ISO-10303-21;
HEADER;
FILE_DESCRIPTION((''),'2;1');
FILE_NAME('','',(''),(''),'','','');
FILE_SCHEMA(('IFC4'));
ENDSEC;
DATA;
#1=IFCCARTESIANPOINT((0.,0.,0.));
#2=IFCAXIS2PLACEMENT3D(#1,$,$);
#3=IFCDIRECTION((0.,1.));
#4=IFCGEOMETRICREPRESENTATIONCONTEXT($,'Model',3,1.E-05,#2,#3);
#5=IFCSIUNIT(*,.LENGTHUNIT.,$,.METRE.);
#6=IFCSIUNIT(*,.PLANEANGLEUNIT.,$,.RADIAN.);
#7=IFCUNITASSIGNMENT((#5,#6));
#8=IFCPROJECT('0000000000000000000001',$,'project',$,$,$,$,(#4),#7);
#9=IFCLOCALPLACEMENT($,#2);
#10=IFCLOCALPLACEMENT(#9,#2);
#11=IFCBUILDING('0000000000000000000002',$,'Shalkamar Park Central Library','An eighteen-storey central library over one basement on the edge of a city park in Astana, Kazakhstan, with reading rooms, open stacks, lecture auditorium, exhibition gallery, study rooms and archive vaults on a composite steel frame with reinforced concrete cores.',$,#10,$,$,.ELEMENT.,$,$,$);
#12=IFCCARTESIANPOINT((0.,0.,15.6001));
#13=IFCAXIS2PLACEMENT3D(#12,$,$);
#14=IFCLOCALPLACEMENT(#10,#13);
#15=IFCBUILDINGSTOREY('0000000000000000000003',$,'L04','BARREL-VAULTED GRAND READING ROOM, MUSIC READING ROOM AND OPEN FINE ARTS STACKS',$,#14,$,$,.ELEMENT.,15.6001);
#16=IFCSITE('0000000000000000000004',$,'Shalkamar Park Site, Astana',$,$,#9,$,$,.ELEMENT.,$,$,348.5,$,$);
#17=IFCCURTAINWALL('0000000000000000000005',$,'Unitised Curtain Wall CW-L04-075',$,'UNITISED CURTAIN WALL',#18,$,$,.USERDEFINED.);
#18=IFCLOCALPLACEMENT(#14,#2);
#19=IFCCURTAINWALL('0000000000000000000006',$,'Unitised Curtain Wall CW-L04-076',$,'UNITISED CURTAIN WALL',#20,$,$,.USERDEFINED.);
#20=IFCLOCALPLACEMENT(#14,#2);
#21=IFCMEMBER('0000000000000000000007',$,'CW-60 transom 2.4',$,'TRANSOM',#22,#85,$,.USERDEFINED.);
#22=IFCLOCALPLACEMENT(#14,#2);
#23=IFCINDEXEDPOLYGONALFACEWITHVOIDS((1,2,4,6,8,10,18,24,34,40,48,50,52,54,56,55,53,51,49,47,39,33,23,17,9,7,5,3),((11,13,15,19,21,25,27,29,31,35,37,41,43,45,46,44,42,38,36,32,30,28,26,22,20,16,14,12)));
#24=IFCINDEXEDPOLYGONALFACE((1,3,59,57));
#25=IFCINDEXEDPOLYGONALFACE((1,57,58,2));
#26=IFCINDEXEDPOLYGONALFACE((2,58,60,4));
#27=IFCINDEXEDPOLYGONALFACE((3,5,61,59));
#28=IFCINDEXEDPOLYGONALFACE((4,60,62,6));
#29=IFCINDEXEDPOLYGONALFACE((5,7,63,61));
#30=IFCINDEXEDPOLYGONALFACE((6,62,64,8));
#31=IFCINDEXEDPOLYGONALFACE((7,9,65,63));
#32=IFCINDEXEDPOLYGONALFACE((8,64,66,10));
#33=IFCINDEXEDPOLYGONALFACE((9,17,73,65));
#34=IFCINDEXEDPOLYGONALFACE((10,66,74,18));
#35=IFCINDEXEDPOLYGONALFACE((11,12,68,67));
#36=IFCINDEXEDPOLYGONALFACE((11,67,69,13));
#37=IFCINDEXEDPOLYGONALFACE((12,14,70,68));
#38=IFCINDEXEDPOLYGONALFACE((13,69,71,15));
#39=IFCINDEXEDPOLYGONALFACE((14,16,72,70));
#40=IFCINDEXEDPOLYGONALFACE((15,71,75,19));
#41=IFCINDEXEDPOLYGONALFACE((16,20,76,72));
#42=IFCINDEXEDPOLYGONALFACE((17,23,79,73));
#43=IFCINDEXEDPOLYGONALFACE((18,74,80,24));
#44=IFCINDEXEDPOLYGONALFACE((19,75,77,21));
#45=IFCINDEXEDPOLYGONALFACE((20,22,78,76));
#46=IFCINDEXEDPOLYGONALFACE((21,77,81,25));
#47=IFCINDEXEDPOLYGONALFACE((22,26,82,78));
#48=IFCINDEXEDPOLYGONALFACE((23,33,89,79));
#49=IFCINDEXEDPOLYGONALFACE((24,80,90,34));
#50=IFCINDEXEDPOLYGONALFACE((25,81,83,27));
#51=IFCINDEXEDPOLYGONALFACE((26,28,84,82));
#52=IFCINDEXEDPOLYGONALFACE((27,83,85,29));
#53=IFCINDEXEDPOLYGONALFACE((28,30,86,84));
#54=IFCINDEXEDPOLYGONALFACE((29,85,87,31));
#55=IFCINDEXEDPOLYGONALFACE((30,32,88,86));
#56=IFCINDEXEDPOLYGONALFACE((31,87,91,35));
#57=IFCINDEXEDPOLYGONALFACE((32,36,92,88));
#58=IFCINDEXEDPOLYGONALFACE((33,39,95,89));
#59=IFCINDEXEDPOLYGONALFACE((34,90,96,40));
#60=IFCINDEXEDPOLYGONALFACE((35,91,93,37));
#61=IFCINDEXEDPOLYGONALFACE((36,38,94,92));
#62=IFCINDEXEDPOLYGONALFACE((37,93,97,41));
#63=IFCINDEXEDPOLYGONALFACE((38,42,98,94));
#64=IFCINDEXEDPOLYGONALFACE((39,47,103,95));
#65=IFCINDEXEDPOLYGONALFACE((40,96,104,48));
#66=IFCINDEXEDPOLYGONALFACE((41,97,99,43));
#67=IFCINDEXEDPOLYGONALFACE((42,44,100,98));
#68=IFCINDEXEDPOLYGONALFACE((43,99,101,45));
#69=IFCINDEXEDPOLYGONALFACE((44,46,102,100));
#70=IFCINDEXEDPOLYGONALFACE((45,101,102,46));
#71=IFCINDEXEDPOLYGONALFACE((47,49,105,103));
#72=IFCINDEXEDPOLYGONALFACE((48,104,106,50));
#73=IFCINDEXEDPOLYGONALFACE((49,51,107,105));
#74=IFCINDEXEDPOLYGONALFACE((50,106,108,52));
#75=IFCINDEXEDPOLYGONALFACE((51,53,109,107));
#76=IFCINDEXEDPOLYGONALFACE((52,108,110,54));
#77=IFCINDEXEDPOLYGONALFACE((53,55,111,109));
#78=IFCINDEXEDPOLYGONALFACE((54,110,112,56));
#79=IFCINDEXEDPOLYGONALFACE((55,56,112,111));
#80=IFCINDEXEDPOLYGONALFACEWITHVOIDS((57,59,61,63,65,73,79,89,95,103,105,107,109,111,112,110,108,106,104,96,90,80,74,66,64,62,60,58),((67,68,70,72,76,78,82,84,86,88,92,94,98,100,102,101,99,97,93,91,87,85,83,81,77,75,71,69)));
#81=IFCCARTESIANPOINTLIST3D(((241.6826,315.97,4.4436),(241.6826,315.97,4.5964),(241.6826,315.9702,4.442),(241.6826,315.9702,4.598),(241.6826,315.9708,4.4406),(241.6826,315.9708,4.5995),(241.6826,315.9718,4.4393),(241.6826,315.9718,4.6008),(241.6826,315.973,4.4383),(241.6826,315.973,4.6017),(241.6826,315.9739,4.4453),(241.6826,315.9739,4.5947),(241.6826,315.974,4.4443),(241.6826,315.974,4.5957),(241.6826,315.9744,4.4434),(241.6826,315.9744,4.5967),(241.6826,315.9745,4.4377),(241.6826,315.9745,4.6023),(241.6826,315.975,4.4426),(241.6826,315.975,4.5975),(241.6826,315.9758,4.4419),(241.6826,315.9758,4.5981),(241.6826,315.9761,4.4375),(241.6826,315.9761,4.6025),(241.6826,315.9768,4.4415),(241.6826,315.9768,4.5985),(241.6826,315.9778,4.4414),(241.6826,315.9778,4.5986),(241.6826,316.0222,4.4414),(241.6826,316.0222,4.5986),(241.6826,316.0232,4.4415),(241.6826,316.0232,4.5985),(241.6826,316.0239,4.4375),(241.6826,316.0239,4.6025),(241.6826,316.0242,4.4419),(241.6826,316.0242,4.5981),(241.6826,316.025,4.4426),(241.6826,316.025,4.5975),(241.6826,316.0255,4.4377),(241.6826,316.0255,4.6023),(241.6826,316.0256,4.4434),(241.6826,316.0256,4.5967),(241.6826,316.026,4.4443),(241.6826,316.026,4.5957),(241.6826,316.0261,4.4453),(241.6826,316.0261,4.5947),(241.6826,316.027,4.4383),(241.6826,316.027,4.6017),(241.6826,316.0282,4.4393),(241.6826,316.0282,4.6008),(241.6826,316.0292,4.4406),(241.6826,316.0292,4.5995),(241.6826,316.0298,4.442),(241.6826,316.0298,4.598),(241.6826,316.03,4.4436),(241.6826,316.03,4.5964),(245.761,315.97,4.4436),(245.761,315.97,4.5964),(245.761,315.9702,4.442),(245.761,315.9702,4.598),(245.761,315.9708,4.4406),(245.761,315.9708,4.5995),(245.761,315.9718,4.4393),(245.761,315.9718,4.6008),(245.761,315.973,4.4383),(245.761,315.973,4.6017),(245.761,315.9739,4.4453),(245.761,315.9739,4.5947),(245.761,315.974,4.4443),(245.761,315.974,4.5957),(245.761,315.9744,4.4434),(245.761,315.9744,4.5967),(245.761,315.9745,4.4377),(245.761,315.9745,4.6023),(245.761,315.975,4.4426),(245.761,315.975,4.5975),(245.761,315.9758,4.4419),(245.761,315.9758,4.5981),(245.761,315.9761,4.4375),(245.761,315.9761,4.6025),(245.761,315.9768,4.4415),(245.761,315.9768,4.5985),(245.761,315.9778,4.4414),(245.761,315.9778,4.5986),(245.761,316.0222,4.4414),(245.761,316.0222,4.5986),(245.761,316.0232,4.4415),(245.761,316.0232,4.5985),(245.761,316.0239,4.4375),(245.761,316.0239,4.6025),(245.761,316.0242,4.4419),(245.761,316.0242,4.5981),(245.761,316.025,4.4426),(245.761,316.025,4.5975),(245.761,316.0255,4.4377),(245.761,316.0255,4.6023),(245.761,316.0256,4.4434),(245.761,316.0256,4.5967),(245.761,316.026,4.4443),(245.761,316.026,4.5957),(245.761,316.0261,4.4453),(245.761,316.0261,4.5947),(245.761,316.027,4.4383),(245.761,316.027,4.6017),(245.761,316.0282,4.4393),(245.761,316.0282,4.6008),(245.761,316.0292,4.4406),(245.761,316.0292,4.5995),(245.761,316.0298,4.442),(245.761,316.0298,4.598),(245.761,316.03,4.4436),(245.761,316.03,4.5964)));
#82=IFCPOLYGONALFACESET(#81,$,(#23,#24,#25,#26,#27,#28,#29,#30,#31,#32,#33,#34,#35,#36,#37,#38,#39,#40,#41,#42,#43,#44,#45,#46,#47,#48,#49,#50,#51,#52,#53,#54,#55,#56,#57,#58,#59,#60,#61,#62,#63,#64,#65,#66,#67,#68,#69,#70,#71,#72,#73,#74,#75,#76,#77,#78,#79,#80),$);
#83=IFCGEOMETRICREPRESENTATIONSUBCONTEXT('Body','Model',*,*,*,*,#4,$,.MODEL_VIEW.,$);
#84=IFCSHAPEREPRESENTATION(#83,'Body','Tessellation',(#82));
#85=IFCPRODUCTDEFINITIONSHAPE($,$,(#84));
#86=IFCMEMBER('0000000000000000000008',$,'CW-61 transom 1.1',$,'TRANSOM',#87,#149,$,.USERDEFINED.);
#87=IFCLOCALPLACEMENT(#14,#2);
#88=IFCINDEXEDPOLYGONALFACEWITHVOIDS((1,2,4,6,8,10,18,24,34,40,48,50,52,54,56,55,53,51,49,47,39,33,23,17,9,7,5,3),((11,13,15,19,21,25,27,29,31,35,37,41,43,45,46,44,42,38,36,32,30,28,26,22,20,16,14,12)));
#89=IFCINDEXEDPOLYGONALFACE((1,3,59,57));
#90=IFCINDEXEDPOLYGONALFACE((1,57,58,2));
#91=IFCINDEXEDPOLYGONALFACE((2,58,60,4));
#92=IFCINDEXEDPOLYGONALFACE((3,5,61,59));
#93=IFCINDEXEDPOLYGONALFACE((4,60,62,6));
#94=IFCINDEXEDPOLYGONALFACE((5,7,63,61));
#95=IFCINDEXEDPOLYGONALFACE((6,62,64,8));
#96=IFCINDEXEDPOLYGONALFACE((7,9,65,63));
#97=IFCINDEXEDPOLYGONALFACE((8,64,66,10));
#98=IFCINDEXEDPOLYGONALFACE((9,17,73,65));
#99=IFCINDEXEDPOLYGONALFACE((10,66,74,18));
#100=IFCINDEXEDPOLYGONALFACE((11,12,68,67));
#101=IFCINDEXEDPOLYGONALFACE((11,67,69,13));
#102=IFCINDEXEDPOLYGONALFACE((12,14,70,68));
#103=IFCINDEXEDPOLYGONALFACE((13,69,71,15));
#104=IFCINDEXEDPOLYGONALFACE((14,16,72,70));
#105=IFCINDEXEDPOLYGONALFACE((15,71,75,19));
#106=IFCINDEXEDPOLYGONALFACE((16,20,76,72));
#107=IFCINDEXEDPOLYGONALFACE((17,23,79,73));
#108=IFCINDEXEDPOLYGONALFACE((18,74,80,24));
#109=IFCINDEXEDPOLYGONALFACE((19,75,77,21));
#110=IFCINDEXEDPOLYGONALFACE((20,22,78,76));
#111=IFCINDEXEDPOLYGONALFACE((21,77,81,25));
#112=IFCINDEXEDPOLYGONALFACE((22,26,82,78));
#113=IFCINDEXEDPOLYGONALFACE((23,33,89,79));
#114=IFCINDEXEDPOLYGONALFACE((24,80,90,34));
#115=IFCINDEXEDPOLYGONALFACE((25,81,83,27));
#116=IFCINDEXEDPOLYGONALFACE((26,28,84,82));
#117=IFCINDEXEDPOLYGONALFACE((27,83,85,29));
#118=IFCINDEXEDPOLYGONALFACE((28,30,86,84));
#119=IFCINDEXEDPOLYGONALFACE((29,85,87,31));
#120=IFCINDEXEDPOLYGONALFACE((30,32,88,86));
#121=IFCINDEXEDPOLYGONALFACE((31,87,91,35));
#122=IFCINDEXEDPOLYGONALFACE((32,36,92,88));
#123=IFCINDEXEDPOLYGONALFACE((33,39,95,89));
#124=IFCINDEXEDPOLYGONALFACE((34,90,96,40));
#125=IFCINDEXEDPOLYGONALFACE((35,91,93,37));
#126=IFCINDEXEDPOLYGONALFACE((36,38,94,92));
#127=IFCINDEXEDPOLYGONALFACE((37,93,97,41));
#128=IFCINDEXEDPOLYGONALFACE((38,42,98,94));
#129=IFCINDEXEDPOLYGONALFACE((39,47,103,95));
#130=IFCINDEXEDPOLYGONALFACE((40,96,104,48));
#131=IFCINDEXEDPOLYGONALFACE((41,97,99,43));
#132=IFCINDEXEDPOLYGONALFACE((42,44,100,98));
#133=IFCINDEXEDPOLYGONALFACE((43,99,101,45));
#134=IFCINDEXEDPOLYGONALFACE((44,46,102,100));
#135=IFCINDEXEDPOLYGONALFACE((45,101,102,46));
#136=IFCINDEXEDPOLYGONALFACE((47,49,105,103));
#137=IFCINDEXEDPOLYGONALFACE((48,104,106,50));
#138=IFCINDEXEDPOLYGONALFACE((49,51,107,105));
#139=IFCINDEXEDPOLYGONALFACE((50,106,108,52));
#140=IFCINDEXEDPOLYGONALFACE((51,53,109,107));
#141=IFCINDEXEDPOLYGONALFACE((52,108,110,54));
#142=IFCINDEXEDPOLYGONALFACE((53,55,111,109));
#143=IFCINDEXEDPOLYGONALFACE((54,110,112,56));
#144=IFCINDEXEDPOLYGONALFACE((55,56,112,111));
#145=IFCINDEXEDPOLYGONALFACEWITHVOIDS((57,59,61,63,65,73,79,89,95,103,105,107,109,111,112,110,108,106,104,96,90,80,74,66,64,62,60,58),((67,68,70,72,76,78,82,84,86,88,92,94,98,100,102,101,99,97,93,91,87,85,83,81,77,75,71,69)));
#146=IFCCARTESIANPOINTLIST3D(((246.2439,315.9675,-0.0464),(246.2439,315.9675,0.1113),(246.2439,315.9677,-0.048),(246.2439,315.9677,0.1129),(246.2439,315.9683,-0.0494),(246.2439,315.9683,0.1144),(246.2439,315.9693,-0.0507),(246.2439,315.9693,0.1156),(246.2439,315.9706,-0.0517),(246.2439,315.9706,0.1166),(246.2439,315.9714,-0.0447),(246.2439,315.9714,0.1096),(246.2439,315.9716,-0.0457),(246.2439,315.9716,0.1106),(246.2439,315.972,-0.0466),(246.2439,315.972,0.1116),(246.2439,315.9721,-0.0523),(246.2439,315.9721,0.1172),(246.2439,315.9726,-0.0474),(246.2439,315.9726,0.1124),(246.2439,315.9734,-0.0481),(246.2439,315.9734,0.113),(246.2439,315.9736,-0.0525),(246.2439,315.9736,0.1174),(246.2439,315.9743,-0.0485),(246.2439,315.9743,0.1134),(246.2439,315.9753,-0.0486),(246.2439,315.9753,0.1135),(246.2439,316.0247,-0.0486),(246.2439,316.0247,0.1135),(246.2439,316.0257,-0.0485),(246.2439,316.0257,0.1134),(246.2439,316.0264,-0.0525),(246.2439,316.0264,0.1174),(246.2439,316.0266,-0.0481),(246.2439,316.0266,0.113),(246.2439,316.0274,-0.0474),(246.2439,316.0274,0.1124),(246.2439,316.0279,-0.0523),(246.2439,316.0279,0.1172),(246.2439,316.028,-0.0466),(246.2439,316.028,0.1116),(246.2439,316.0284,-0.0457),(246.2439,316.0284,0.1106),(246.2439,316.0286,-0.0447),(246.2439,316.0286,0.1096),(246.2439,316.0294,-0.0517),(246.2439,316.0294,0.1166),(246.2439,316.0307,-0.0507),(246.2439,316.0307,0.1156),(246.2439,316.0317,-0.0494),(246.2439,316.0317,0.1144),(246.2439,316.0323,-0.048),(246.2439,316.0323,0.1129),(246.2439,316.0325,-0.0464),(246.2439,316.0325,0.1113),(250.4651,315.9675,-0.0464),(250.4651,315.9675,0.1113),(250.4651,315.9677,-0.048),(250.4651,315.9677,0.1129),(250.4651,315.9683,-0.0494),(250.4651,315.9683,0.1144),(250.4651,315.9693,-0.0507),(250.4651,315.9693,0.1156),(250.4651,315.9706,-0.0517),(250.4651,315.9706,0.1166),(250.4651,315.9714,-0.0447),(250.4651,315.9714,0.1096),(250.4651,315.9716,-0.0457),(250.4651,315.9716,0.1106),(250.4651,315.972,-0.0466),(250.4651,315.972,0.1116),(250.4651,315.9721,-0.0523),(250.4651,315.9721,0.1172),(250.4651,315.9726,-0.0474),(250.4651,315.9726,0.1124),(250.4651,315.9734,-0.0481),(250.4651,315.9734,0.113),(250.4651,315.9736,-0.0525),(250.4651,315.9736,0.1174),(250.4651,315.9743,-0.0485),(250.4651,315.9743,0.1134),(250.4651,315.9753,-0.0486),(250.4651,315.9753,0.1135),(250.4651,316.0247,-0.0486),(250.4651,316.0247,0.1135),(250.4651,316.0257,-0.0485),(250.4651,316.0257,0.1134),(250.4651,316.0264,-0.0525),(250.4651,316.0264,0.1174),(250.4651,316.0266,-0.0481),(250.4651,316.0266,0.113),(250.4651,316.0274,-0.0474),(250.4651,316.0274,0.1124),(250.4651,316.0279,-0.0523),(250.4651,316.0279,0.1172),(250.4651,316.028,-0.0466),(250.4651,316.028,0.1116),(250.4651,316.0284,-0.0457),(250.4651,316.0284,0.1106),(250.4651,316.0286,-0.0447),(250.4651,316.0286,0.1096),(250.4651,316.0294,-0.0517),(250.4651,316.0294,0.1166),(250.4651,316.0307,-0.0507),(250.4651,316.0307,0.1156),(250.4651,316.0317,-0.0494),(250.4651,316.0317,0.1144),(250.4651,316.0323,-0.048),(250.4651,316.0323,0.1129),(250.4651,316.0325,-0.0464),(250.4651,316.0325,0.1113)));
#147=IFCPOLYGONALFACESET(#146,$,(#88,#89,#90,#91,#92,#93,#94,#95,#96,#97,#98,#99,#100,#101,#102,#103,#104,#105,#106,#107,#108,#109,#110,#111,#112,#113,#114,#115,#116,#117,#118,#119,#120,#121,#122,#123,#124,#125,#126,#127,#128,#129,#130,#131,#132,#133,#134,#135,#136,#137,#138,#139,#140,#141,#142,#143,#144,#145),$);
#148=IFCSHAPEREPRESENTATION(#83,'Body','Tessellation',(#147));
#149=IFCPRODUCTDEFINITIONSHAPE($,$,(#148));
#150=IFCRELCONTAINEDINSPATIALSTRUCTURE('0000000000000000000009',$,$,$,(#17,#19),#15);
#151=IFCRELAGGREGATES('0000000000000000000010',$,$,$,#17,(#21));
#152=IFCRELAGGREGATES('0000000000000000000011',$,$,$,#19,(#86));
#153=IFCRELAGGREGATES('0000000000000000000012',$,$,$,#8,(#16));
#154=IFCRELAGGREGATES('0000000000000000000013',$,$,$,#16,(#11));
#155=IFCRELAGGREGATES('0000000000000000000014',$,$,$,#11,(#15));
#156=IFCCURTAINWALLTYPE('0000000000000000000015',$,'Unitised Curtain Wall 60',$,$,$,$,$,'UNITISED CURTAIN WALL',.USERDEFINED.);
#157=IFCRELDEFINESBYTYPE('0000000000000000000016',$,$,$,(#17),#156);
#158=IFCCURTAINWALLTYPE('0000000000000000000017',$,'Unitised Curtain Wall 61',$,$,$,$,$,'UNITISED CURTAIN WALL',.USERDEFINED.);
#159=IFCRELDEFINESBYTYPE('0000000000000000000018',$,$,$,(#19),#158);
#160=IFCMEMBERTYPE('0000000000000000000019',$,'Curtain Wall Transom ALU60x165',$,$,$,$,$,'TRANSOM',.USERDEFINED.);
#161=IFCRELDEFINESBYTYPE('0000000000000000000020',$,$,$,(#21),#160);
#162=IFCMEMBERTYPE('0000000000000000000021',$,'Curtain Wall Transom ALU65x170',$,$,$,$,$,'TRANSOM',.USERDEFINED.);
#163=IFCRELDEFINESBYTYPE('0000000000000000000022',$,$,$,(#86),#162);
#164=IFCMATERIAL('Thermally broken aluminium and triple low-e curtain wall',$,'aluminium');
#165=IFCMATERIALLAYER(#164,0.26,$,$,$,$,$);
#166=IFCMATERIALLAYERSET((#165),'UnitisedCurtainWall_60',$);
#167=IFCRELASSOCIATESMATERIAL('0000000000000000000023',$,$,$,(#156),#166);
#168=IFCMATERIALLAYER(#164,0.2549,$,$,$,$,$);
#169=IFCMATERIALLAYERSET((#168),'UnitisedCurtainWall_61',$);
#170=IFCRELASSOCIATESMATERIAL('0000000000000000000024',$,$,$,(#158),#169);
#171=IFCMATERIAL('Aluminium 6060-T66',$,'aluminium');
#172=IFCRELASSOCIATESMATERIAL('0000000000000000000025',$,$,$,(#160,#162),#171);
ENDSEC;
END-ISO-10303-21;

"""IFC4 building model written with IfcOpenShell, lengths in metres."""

from ifc_helpers import new_model, si_unit, direction, frame, origin, origin_2d, place, context, subcontext, project, spatial, hollow_rectangle, extrude, material, layer, layer_set, material_profile, profile_set, type_object, element, aggregate, save


model = new_model("IFC4")

# Units and contexts
model_context = context("Model", 3, precision=1e-05, world=origin(), true_north=direction((0.0, 1.0)))
body_context = subcontext(model_context, "Body", "Model", "MODEL_VIEW")
ifc_project = project(units=[si_unit("LENGTHUNIT", "METRE"), si_unit("PLANEANGLEUNIT", "RADIAN")], contexts=[model_context])

# Site, building, storey
site_placement = place(None, origin())
site = spatial("IfcSite", under=ifc_project, at=site_placement, Name="Shalkamar Park Site, Astana", CompositionType="ELEMENT", RefElevation=348.5)
building_placement = place(site_placement, origin())
building = spatial("IfcBuilding", under=site, at=building_placement, Name="Shalkamar Park Central Library", Description="An eighteen-storey central library over one basement on the edge of a city park in Astana, Kazakhstan, with reading rooms, open stacks, lecture auditorium, exhibition gallery, study rooms and archive vaults on a composite steel frame with reinforced concrete cores.", CompositionType="ELEMENT")
storey_placement = place(building_placement, frame((0.0, 0.0, 15.6001)))
storey = spatial("IfcBuildingStorey", under=building, at=storey_placement, Name="L04", Description="BARREL-VAULTED GRAND READING ROOM, MUSIC READING ROOM AND OPEN FINE ARTS STACKS", CompositionType="ELEMENT", Elevation=15.6001)

# Curtain walls
ifc_material_1 = material(Name="Thermally broken aluminium and triple low-e curtain wall", Category="aluminium")
ifc_layer_1 = layer(ifc_material_1, 0.26)
ifc_layer_set_1 = layer_set([ifc_layer_1], Name="UnitisedCurtainWall_60")
curtain_wall_type_1 = type_object("IfcCurtainWallType", Name="Unitised Curtain Wall 60", ElementType="UNITISED CURTAIN WALL", PredefinedType="USERDEFINED", material=ifc_layer_set_1)
curtain_wall_1_placement = place(storey_placement, origin())
curtain_wall_1 = element("IfcCurtainWall", 1, at=curtain_wall_1_placement, inside=storey, type_object=curtain_wall_type_1, Name="Unitised Curtain Wall CW-L04-075", ObjectType="UNITISED CURTAIN WALL", PredefinedType="USERDEFINED")
ifc_material_2 = material(Name="Aluminium 6060-T66", Category="aluminium")
ifc_layer_2 = layer(ifc_material_1, 0.2549)
ifc_layer_set_2 = layer_set([ifc_layer_2], Name="UnitisedCurtainWall_61")
curtain_wall_type_2 = type_object("IfcCurtainWallType", Name="Unitised Curtain Wall 61", ElementType="UNITISED CURTAIN WALL", PredefinedType="USERDEFINED", material=ifc_layer_set_2)
curtain_wall_2_placement = place(storey_placement, origin())
curtain_wall_2 = element("IfcCurtainWall", 2, at=curtain_wall_2_placement, inside=storey, type_object=curtain_wall_type_2, Name="Unitised Curtain Wall CW-L04-076", ObjectType="UNITISED CURTAIN WALL", PredefinedType="USERDEFINED")

# Members
ifc_material_profile_1 = material_profile(ifc_material_2, hollow_rectangle(XDim=0.0601, YDim=0.165, WallThickness=0.0039, InnerFilletRadius=0.0039, OuterFilletRadius=0.0061, at=origin_2d()), Name="ALU 60x165x4")
ifc_profile_set_1 = profile_set([ifc_material_profile_1], Name="Aluminium 6060-T66")
member_type_1 = type_object("IfcMemberType", Name="Curtain Wall Transom ALU60x165", ElementType="TRANSOM", PredefinedType="USERDEFINED", material=ifc_profile_set_1)
member_1_placement = place(storey_placement, frame((241.6826, 316.0, 4.52), z_axis=(1.0, 0.0, 0.0), x_axis=(0.0, 1.0, 0.0)))
member_1 = element("IfcMember", 3, at=member_1_placement, type_object=member_type_1, Name="CW-60 transom 2.4", ObjectType="TRANSOM", PredefinedType="USERDEFINED", context=body_context, shape_type="SweptSolid", body=[
    extrude(hollow_rectangle(XDim=0.0601, YDim=0.165, WallThickness=0.0039, InnerFilletRadius=0.0039, OuterFilletRadius=0.0061, at=origin_2d()), origin(), (0.0, 0.0, 1.0), 4.0784),
])
ifc_material_profile_2 = material_profile(ifc_material_2, hollow_rectangle(XDim=0.0649, YDim=0.1699, WallThickness=0.0039, InnerFilletRadius=0.0039, OuterFilletRadius=0.0061, at=origin_2d()), Name="ALU 65x170x4")
ifc_profile_set_2 = profile_set([ifc_material_profile_2], Name="Aluminium 6060-T66")
member_type_2 = type_object("IfcMemberType", Name="Curtain Wall Transom ALU65x170", ElementType="TRANSOM", PredefinedType="USERDEFINED", material=ifc_profile_set_2)
member_2_placement = place(storey_placement, frame((246.2439, 316.0, 0.0325), z_axis=(1.0, 0.0, 0.0), x_axis=(0.0, 1.0, 0.0)))
member_2 = element("IfcMember", 4, at=member_2_placement, type_object=member_type_2, Name="CW-61 transom 1.1", ObjectType="TRANSOM", PredefinedType="USERDEFINED", context=body_context, shape_type="SweptSolid", body=[
    extrude(hollow_rectangle(XDim=0.0649, YDim=0.1699, WallThickness=0.0039, InnerFilletRadius=0.0039, OuterFilletRadius=0.0061, at=origin_2d()), origin(), (0.0, 0.0, 1.0), 4.2212),
])

aggregate(curtain_wall_1, [member_1])
aggregate(curtain_wall_2, [member_2])

save(model, "model.ifc")
